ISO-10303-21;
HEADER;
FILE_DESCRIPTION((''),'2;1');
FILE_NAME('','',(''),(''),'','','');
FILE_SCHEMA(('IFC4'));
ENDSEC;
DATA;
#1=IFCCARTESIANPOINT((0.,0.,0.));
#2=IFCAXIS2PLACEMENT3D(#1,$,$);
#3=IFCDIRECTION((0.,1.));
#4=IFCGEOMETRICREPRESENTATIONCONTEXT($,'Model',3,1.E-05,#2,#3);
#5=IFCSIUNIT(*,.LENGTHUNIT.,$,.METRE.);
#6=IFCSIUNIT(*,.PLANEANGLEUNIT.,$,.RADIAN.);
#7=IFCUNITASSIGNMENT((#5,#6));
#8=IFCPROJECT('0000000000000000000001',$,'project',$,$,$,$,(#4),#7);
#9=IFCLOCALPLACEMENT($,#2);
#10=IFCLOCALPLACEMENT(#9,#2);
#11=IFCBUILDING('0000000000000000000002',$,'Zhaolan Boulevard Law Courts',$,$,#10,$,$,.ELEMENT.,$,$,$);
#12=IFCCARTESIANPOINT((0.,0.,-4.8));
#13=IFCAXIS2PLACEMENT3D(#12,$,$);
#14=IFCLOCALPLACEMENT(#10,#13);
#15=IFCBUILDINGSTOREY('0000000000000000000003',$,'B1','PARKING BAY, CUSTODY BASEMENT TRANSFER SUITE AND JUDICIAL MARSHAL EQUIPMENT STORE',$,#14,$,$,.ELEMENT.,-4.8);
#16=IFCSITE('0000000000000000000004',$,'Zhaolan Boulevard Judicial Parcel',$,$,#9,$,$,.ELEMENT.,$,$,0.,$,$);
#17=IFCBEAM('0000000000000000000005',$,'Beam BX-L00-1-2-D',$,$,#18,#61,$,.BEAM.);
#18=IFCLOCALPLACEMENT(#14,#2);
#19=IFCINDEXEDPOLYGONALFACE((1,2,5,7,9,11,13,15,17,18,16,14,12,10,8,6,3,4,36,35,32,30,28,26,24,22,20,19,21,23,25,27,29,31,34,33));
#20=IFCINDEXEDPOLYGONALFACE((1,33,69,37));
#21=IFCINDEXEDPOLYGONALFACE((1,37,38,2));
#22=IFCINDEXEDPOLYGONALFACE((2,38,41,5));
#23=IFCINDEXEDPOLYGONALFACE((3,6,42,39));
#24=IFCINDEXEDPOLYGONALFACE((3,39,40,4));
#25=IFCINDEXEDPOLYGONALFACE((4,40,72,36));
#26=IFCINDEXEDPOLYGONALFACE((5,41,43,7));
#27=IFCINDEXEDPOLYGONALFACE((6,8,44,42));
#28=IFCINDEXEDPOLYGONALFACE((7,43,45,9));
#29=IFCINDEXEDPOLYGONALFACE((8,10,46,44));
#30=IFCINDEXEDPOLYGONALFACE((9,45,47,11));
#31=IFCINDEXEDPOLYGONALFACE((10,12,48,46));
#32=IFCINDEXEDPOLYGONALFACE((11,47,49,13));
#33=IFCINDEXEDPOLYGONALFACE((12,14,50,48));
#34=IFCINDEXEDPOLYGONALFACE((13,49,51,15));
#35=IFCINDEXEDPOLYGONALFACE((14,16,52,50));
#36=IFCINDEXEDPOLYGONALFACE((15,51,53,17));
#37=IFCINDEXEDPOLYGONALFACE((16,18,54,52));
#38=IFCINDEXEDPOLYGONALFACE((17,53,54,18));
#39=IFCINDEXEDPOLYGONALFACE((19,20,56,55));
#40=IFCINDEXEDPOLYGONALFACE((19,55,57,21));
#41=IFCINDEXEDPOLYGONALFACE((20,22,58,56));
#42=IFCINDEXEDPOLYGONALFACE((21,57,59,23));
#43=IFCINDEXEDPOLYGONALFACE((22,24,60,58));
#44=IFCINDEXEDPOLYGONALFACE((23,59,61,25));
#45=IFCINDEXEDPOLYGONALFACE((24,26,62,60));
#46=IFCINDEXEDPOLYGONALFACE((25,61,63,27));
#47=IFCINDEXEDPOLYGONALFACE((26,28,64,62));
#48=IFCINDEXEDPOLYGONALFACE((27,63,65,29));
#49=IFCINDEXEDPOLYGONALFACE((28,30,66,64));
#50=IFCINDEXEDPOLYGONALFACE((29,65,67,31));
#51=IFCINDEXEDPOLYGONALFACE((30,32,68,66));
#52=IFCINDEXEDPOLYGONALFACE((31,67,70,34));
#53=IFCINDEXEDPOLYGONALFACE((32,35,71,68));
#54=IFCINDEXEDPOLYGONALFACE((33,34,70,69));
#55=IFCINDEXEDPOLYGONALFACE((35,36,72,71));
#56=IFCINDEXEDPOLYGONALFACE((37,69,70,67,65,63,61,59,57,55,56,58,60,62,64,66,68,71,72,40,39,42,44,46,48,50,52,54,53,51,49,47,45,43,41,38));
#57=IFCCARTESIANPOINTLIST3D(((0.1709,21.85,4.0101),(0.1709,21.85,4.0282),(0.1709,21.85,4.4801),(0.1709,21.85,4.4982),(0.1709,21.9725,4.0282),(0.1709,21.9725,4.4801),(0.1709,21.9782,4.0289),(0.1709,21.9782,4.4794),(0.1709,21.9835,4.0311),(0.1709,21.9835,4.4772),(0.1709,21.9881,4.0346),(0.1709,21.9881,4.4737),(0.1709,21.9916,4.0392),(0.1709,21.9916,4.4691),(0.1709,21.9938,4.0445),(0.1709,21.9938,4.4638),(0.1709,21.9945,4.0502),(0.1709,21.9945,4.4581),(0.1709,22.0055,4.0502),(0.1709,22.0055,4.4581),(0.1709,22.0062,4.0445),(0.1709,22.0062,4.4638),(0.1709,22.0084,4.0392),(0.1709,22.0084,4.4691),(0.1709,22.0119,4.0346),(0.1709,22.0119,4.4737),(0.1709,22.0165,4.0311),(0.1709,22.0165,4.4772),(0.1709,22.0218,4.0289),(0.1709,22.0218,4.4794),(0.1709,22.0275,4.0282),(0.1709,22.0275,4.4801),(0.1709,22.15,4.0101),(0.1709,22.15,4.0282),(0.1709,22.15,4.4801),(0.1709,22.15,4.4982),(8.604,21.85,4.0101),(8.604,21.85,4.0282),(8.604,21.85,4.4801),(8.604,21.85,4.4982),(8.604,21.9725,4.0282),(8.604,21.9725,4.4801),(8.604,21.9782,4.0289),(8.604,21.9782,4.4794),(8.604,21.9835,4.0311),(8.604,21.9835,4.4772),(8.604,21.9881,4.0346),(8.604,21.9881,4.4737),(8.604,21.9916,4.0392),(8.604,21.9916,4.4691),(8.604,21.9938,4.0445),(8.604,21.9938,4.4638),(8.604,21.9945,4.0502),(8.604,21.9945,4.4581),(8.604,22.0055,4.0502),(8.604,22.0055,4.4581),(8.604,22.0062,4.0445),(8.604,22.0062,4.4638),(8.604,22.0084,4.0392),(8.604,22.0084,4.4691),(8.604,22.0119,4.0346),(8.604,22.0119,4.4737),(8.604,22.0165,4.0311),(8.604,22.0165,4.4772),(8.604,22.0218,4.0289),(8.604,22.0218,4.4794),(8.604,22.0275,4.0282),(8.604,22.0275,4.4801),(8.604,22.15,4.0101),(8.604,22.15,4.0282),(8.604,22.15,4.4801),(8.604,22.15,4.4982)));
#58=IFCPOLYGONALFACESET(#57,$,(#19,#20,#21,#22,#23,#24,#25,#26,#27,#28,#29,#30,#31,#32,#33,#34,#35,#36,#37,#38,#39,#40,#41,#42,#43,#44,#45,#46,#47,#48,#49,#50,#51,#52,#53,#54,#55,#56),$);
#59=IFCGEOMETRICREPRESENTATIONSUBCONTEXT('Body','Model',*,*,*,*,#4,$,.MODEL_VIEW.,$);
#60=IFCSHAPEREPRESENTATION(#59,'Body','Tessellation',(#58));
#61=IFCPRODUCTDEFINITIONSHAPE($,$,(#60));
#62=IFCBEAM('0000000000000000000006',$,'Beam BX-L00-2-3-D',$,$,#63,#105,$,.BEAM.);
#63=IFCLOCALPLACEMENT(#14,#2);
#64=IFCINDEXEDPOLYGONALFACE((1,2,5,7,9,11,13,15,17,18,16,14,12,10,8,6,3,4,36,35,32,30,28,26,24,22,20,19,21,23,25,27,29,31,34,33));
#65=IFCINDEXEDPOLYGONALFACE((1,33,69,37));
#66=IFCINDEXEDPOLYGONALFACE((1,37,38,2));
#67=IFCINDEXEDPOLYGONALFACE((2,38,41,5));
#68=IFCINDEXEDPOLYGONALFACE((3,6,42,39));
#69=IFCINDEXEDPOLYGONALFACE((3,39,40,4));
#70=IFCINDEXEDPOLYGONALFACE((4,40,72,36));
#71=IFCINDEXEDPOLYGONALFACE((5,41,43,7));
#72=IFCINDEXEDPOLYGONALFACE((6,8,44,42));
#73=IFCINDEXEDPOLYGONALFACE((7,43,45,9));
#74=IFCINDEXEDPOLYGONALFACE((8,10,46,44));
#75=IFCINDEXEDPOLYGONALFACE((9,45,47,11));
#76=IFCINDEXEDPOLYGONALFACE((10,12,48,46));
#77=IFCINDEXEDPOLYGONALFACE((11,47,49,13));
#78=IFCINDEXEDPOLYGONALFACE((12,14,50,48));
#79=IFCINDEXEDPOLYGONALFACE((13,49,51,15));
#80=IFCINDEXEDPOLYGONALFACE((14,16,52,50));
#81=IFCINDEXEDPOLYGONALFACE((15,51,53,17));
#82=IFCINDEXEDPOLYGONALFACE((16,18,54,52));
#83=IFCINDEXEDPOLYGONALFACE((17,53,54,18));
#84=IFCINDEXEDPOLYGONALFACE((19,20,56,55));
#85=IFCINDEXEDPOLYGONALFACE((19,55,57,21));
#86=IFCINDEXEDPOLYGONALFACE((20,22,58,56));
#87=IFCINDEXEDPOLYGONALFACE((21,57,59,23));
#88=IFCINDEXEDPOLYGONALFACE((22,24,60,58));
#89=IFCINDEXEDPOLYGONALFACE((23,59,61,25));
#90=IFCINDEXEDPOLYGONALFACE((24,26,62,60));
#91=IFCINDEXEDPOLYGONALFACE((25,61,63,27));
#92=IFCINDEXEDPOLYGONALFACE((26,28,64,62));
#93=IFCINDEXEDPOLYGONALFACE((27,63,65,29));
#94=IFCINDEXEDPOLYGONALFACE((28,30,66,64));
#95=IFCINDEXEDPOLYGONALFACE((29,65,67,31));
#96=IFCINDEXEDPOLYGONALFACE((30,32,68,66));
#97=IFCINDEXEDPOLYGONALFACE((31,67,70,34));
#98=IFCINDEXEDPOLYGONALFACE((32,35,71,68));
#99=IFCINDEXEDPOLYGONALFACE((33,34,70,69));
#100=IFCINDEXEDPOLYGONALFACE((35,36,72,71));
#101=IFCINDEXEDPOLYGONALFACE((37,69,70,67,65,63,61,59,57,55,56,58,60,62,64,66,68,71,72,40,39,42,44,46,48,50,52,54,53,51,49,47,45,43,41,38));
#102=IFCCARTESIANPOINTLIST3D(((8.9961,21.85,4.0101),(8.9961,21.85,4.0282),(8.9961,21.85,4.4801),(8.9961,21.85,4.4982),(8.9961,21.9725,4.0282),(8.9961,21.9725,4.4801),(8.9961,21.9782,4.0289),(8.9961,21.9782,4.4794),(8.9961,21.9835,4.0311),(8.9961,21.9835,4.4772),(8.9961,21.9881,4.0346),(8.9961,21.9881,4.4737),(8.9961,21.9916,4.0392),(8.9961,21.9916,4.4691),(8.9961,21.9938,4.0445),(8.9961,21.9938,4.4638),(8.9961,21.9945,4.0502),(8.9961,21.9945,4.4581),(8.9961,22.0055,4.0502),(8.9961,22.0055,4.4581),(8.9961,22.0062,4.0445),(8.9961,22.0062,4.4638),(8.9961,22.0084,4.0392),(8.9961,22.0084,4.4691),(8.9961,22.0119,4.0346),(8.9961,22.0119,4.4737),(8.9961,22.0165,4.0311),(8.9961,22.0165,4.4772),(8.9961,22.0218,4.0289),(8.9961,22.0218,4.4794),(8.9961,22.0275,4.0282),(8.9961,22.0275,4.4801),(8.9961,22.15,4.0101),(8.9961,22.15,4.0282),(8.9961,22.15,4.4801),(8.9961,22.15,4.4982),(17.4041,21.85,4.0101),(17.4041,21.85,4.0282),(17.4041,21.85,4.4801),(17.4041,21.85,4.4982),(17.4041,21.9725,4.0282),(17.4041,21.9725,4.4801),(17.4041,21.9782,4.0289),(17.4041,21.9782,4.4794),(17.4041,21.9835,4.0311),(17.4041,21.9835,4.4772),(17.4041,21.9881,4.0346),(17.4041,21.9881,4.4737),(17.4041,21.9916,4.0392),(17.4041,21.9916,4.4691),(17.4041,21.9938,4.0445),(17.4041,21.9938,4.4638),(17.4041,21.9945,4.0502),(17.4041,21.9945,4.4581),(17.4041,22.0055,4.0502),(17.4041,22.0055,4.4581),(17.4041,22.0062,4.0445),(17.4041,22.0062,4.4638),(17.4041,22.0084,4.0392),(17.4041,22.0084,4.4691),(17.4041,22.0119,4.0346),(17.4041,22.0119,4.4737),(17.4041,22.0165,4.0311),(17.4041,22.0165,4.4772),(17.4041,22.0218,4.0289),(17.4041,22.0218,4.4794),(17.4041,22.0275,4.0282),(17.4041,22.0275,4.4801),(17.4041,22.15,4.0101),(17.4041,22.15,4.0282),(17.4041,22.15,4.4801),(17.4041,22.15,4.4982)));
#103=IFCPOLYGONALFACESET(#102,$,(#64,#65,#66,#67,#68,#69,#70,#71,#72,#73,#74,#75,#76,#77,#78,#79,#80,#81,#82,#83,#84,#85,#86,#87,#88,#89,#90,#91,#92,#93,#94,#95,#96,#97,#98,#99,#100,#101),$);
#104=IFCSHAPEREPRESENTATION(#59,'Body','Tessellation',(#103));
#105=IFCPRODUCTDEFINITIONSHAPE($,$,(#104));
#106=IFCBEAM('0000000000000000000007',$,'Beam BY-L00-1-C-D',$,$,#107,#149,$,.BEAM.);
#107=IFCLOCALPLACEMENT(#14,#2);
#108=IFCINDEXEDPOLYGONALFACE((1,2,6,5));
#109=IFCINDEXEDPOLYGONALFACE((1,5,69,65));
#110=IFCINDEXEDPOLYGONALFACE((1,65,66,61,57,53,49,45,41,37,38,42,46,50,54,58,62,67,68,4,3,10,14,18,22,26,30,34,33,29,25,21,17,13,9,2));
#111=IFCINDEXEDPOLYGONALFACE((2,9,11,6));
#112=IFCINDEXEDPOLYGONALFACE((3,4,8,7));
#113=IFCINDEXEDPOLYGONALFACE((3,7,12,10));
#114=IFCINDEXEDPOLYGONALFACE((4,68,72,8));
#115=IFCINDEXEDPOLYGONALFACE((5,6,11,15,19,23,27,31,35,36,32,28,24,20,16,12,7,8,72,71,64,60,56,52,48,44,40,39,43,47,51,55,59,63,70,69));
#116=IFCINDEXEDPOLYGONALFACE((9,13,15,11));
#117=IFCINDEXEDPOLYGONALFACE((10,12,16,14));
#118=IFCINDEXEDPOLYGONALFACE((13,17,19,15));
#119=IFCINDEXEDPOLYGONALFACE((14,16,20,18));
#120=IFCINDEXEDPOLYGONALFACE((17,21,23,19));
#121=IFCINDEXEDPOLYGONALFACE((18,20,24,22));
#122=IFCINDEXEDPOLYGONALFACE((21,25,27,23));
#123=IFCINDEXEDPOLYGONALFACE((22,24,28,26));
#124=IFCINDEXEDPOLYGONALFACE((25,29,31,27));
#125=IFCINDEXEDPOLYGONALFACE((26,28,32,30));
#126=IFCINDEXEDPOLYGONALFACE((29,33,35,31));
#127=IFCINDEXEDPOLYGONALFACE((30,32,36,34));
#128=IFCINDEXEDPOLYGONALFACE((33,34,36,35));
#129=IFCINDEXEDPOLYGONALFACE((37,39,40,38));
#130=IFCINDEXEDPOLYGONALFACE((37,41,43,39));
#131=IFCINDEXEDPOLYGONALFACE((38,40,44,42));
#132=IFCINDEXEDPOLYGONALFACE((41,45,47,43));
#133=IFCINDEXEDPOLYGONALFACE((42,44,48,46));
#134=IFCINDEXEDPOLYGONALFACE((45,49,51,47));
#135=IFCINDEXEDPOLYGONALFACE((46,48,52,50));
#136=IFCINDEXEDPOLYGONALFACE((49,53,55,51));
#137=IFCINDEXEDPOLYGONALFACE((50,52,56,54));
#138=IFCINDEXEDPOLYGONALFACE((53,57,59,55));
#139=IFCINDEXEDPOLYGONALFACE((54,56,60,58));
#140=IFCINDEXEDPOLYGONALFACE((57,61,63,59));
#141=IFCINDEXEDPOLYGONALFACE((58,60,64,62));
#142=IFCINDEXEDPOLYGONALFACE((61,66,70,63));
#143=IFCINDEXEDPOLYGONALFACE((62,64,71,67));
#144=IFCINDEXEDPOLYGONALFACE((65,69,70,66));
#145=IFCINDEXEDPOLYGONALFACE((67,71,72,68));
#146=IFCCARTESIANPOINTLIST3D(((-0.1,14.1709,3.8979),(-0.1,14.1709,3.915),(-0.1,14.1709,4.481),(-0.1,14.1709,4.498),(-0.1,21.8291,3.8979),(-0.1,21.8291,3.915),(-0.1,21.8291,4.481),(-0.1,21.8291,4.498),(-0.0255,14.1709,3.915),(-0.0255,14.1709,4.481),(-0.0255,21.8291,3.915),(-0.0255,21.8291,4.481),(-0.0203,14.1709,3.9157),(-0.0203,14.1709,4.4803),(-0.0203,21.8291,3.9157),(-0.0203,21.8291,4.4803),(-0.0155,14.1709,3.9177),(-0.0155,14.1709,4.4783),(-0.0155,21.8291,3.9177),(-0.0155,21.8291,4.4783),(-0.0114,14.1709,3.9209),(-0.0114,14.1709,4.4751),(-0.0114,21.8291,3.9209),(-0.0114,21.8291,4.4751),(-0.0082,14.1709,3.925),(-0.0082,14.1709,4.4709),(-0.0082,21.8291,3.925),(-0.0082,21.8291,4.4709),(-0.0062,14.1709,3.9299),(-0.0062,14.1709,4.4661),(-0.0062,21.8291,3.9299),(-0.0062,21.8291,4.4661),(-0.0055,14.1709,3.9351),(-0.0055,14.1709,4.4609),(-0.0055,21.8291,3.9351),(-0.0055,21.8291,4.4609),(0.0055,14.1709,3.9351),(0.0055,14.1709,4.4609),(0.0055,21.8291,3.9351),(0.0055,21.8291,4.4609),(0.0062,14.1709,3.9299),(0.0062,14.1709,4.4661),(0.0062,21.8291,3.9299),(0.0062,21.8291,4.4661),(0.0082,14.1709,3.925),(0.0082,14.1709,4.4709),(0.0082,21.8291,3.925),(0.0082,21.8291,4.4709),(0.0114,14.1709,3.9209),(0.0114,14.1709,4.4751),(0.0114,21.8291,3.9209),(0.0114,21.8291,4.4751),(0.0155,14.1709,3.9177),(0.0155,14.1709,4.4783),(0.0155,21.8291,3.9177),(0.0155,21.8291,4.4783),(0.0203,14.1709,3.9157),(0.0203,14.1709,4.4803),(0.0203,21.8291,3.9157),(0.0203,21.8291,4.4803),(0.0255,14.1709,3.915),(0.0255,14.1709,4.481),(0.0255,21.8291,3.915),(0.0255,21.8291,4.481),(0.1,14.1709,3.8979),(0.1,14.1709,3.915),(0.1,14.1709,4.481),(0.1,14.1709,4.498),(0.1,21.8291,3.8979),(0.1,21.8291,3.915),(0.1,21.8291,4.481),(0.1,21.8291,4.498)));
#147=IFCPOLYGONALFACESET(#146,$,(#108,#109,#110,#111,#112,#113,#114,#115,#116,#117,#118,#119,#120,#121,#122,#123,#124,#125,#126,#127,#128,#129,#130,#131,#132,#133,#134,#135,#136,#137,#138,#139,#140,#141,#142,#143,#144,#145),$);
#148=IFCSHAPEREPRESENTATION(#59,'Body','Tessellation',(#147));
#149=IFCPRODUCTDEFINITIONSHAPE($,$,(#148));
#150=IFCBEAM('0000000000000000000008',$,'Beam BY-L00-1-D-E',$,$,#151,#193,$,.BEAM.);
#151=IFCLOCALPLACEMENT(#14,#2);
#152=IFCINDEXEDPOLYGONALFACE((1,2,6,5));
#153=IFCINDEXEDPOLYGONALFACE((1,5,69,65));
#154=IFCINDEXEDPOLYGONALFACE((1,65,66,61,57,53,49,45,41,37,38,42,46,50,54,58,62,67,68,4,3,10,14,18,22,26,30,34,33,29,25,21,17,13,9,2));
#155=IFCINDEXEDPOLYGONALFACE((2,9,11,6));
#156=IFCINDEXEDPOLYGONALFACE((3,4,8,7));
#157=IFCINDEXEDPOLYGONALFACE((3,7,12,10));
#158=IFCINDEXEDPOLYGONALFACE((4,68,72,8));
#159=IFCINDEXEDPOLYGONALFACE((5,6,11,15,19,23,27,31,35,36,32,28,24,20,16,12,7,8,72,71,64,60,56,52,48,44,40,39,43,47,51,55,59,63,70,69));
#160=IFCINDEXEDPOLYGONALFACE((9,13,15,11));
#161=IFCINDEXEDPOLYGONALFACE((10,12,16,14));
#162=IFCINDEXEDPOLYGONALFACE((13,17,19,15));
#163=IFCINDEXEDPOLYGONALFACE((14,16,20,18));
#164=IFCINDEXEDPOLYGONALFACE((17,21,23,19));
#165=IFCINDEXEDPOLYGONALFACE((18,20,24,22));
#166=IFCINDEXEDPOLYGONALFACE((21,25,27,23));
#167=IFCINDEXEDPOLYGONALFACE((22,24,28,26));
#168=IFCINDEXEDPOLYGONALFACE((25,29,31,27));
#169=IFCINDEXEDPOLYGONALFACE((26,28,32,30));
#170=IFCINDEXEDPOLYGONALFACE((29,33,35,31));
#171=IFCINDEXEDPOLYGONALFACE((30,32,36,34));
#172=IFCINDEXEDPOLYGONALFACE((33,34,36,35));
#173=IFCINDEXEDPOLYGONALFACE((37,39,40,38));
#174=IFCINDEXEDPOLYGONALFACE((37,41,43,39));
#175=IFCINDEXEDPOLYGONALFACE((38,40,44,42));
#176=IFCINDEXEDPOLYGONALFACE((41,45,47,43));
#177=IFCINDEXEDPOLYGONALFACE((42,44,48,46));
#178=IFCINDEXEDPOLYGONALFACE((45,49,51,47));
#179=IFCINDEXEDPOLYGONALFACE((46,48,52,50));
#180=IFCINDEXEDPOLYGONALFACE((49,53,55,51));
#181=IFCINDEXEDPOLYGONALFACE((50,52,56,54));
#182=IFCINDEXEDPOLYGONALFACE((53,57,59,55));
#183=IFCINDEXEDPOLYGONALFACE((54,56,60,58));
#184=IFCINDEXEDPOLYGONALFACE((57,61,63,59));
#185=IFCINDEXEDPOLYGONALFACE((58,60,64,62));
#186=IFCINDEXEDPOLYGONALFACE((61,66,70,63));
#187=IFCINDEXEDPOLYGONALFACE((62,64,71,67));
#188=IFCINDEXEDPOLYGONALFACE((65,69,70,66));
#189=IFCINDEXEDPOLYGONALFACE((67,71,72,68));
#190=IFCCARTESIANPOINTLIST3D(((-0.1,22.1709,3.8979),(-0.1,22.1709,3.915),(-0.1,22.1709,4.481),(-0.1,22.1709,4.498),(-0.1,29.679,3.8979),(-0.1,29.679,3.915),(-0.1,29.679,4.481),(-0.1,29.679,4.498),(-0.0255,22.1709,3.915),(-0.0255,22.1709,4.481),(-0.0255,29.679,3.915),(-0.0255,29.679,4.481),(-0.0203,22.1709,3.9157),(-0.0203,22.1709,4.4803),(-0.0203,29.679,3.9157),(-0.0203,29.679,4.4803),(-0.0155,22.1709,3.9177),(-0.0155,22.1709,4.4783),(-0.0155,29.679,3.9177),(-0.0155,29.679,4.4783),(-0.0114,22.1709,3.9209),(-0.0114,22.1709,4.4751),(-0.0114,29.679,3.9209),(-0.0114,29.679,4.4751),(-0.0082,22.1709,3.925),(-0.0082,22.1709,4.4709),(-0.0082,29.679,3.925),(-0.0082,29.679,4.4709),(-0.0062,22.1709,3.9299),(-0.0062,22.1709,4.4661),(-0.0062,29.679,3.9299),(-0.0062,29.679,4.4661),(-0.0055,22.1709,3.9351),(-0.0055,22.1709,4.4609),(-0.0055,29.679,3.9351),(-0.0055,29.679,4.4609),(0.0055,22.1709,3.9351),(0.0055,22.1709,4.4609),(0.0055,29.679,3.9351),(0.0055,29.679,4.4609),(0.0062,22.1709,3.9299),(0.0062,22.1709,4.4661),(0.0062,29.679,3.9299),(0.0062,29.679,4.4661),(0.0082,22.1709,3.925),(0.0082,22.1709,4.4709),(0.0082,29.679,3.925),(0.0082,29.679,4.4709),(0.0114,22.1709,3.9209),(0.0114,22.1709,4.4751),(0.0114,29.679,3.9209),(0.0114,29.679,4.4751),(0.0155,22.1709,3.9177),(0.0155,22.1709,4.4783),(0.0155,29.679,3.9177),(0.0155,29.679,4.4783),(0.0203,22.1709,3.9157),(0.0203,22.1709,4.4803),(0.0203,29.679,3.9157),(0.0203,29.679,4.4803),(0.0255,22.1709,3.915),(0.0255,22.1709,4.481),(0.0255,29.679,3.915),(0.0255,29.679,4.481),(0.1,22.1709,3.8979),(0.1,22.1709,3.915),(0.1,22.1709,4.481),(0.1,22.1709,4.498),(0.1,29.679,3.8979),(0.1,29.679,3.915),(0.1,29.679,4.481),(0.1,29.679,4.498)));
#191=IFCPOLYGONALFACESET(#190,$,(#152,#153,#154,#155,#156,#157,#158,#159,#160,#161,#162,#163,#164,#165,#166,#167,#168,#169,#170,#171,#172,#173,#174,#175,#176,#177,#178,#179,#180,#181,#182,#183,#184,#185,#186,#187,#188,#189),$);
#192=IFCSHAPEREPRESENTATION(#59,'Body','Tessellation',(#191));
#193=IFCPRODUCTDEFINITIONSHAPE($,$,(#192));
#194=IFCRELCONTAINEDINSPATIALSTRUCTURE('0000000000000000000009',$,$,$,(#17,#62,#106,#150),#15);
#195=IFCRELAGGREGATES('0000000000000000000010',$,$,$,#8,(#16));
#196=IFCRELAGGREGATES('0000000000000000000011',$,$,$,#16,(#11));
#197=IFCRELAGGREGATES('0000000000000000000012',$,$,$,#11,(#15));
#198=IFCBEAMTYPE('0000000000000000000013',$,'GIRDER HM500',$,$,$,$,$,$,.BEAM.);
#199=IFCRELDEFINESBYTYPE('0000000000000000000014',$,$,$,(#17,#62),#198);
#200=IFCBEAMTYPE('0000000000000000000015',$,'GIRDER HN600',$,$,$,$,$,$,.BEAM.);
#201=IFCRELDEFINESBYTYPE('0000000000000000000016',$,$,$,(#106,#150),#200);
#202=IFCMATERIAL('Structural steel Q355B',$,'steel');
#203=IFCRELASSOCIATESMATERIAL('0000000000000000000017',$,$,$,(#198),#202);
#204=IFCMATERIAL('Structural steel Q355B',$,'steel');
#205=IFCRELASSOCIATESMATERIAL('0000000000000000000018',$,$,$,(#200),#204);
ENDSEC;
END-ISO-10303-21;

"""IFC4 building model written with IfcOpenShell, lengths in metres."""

from ifc_helpers import new_model, si_unit, direction, frame, origin, origin_2d, place, context, subcontext, project, spatial, i_section, extrude, material, material_profile, profile_set, type_object, element, save


model = new_model("IFC4")

# Units and contexts
model_context = context("Model", 3, precision=1e-05, world=origin(), true_north=direction((0.0, 1.0)))
body_context = subcontext(model_context, "Body", "Model", "MODEL_VIEW")
ifc_project = project(units=[si_unit("LENGTHUNIT", "METRE"), si_unit("PLANEANGLEUNIT", "RADIAN")], contexts=[model_context])

# Site, building, storey
site_placement = place(None, origin())
site = spatial("IfcSite", under=ifc_project, at=site_placement, Name="Zhaolan Boulevard Judicial Parcel", CompositionType="ELEMENT", RefElevation=0.0)
building_placement = place(site_placement, origin())
building = spatial("IfcBuilding", under=site, at=building_placement, Name="Zhaolan Boulevard Law Courts", CompositionType="ELEMENT")
storey_placement = place(building_placement, frame((0.0, 0.0, -4.8)))
storey = spatial("IfcBuildingStorey", under=building, at=storey_placement, Name="B1", Description="PARKING BAY, CUSTODY BASEMENT TRANSFER SUITE AND JUDICIAL MARSHAL EQUIPMENT STORE", CompositionType="ELEMENT", Elevation=-4.8)

# Beams
ifc_material_1 = material(Name="Structural steel Q355B", Category="steel")
ifc_material_profile_1 = material_profile(ifc_material_1, i_section(OverallWidth=0.3, OverallDepth=0.488, WebThickness=0.011, FlangeThickness=0.0181, FilletRadius=0.022, at=origin_2d()), Name="HM488x300")
ifc_profile_set_1 = profile_set([ifc_material_profile_1], Name="Structural steel Q355B")
beam_type_1 = type_object("IfcBeamType", Name="GIRDER HM500", PredefinedType="BEAM", material=ifc_profile_set_1)
beam_1_placement = place(storey_placement, frame((0.1709, 22.0, 4.2542), z_axis=(1.0, 0.0, 0.0), x_axis=(0.0, 1.0, 0.0)))
element("IfcBeam", 1, at=beam_1_placement, inside=storey, type_object=beam_type_1, Name="Beam BX-L00-1-2-D", PredefinedType="BEAM", context=body_context, shape_type="SweptSolid", body=[
    extrude(i_section(OverallWidth=0.3, OverallDepth=0.488, WebThickness=0.011, FlangeThickness=0.0181, FilletRadius=0.022, at=origin_2d()), origin(), (0.0, 0.0, 1.0), 8.4331),
])
beam_2_placement = place(storey_placement, frame((8.9961, 22.0, 4.2542), z_axis=(1.0, 0.0, 0.0), x_axis=(0.0, 1.0, 0.0)))
element("IfcBeam", 2, at=beam_2_placement, inside=storey, type_object=beam_type_1, Name="Beam BX-L00-2-3-D", PredefinedType="BEAM", context=body_context, shape_type="SweptSolid", body=[
    extrude(i_section(OverallWidth=0.3, OverallDepth=0.488, WebThickness=0.011, FlangeThickness=0.0181, FilletRadius=0.022, at=origin_2d()), origin(), (0.0, 0.0, 1.0), 8.408),
])
ifc_material_2 = material(Name="Structural steel Q355B", Category="steel")
ifc_material_profile_2 = material_profile(ifc_material_2, i_section(OverallWidth=0.2, OverallDepth=0.6001, WebThickness=0.011, FlangeThickness=0.0171, FilletRadius=0.02, at=origin_2d()), Name="HN600x200")
ifc_profile_set_2 = profile_set([ifc_material_profile_2], Name="Structural steel Q355B")
beam_type_2 = type_object("IfcBeamType", Name="GIRDER HN600", PredefinedType="BEAM", material=ifc_profile_set_2)
beam_3_placement = place(storey_placement, frame((0.0, 14.1709, 4.198), z_axis=(0.0, 1.0, 0.0), x_axis=(-1.0, 0.0, 0.0)))
element("IfcBeam", 3, at=beam_3_placement, inside=storey, type_object=beam_type_2, Name="Beam BY-L00-1-C-D", PredefinedType="BEAM", context=body_context, shape_type="SweptSolid", body=[
    extrude(i_section(OverallWidth=0.2, OverallDepth=0.6001, WebThickness=0.011, FlangeThickness=0.0171, FilletRadius=0.02, at=origin_2d()), origin(), (0.0, 0.0, 1.0), 7.6582),
])
beam_4_placement = place(storey_placement, frame((0.0, 22.1709, 4.198), z_axis=(0.0, 1.0, 0.0), x_axis=(-1.0, 0.0, 0.0)))
element("IfcBeam", 4, at=beam_4_placement, inside=storey, type_object=beam_type_2, Name="Beam BY-L00-1-D-E", PredefinedType="BEAM", context=body_context, shape_type="SweptSolid", body=[
    extrude(i_section(OverallWidth=0.2, OverallDepth=0.6001, WebThickness=0.011, FlangeThickness=0.0171, FilletRadius=0.02, at=origin_2d()), origin(), (0.0, 0.0, 1.0), 7.5081),
])

save(model, "model.ifc")
